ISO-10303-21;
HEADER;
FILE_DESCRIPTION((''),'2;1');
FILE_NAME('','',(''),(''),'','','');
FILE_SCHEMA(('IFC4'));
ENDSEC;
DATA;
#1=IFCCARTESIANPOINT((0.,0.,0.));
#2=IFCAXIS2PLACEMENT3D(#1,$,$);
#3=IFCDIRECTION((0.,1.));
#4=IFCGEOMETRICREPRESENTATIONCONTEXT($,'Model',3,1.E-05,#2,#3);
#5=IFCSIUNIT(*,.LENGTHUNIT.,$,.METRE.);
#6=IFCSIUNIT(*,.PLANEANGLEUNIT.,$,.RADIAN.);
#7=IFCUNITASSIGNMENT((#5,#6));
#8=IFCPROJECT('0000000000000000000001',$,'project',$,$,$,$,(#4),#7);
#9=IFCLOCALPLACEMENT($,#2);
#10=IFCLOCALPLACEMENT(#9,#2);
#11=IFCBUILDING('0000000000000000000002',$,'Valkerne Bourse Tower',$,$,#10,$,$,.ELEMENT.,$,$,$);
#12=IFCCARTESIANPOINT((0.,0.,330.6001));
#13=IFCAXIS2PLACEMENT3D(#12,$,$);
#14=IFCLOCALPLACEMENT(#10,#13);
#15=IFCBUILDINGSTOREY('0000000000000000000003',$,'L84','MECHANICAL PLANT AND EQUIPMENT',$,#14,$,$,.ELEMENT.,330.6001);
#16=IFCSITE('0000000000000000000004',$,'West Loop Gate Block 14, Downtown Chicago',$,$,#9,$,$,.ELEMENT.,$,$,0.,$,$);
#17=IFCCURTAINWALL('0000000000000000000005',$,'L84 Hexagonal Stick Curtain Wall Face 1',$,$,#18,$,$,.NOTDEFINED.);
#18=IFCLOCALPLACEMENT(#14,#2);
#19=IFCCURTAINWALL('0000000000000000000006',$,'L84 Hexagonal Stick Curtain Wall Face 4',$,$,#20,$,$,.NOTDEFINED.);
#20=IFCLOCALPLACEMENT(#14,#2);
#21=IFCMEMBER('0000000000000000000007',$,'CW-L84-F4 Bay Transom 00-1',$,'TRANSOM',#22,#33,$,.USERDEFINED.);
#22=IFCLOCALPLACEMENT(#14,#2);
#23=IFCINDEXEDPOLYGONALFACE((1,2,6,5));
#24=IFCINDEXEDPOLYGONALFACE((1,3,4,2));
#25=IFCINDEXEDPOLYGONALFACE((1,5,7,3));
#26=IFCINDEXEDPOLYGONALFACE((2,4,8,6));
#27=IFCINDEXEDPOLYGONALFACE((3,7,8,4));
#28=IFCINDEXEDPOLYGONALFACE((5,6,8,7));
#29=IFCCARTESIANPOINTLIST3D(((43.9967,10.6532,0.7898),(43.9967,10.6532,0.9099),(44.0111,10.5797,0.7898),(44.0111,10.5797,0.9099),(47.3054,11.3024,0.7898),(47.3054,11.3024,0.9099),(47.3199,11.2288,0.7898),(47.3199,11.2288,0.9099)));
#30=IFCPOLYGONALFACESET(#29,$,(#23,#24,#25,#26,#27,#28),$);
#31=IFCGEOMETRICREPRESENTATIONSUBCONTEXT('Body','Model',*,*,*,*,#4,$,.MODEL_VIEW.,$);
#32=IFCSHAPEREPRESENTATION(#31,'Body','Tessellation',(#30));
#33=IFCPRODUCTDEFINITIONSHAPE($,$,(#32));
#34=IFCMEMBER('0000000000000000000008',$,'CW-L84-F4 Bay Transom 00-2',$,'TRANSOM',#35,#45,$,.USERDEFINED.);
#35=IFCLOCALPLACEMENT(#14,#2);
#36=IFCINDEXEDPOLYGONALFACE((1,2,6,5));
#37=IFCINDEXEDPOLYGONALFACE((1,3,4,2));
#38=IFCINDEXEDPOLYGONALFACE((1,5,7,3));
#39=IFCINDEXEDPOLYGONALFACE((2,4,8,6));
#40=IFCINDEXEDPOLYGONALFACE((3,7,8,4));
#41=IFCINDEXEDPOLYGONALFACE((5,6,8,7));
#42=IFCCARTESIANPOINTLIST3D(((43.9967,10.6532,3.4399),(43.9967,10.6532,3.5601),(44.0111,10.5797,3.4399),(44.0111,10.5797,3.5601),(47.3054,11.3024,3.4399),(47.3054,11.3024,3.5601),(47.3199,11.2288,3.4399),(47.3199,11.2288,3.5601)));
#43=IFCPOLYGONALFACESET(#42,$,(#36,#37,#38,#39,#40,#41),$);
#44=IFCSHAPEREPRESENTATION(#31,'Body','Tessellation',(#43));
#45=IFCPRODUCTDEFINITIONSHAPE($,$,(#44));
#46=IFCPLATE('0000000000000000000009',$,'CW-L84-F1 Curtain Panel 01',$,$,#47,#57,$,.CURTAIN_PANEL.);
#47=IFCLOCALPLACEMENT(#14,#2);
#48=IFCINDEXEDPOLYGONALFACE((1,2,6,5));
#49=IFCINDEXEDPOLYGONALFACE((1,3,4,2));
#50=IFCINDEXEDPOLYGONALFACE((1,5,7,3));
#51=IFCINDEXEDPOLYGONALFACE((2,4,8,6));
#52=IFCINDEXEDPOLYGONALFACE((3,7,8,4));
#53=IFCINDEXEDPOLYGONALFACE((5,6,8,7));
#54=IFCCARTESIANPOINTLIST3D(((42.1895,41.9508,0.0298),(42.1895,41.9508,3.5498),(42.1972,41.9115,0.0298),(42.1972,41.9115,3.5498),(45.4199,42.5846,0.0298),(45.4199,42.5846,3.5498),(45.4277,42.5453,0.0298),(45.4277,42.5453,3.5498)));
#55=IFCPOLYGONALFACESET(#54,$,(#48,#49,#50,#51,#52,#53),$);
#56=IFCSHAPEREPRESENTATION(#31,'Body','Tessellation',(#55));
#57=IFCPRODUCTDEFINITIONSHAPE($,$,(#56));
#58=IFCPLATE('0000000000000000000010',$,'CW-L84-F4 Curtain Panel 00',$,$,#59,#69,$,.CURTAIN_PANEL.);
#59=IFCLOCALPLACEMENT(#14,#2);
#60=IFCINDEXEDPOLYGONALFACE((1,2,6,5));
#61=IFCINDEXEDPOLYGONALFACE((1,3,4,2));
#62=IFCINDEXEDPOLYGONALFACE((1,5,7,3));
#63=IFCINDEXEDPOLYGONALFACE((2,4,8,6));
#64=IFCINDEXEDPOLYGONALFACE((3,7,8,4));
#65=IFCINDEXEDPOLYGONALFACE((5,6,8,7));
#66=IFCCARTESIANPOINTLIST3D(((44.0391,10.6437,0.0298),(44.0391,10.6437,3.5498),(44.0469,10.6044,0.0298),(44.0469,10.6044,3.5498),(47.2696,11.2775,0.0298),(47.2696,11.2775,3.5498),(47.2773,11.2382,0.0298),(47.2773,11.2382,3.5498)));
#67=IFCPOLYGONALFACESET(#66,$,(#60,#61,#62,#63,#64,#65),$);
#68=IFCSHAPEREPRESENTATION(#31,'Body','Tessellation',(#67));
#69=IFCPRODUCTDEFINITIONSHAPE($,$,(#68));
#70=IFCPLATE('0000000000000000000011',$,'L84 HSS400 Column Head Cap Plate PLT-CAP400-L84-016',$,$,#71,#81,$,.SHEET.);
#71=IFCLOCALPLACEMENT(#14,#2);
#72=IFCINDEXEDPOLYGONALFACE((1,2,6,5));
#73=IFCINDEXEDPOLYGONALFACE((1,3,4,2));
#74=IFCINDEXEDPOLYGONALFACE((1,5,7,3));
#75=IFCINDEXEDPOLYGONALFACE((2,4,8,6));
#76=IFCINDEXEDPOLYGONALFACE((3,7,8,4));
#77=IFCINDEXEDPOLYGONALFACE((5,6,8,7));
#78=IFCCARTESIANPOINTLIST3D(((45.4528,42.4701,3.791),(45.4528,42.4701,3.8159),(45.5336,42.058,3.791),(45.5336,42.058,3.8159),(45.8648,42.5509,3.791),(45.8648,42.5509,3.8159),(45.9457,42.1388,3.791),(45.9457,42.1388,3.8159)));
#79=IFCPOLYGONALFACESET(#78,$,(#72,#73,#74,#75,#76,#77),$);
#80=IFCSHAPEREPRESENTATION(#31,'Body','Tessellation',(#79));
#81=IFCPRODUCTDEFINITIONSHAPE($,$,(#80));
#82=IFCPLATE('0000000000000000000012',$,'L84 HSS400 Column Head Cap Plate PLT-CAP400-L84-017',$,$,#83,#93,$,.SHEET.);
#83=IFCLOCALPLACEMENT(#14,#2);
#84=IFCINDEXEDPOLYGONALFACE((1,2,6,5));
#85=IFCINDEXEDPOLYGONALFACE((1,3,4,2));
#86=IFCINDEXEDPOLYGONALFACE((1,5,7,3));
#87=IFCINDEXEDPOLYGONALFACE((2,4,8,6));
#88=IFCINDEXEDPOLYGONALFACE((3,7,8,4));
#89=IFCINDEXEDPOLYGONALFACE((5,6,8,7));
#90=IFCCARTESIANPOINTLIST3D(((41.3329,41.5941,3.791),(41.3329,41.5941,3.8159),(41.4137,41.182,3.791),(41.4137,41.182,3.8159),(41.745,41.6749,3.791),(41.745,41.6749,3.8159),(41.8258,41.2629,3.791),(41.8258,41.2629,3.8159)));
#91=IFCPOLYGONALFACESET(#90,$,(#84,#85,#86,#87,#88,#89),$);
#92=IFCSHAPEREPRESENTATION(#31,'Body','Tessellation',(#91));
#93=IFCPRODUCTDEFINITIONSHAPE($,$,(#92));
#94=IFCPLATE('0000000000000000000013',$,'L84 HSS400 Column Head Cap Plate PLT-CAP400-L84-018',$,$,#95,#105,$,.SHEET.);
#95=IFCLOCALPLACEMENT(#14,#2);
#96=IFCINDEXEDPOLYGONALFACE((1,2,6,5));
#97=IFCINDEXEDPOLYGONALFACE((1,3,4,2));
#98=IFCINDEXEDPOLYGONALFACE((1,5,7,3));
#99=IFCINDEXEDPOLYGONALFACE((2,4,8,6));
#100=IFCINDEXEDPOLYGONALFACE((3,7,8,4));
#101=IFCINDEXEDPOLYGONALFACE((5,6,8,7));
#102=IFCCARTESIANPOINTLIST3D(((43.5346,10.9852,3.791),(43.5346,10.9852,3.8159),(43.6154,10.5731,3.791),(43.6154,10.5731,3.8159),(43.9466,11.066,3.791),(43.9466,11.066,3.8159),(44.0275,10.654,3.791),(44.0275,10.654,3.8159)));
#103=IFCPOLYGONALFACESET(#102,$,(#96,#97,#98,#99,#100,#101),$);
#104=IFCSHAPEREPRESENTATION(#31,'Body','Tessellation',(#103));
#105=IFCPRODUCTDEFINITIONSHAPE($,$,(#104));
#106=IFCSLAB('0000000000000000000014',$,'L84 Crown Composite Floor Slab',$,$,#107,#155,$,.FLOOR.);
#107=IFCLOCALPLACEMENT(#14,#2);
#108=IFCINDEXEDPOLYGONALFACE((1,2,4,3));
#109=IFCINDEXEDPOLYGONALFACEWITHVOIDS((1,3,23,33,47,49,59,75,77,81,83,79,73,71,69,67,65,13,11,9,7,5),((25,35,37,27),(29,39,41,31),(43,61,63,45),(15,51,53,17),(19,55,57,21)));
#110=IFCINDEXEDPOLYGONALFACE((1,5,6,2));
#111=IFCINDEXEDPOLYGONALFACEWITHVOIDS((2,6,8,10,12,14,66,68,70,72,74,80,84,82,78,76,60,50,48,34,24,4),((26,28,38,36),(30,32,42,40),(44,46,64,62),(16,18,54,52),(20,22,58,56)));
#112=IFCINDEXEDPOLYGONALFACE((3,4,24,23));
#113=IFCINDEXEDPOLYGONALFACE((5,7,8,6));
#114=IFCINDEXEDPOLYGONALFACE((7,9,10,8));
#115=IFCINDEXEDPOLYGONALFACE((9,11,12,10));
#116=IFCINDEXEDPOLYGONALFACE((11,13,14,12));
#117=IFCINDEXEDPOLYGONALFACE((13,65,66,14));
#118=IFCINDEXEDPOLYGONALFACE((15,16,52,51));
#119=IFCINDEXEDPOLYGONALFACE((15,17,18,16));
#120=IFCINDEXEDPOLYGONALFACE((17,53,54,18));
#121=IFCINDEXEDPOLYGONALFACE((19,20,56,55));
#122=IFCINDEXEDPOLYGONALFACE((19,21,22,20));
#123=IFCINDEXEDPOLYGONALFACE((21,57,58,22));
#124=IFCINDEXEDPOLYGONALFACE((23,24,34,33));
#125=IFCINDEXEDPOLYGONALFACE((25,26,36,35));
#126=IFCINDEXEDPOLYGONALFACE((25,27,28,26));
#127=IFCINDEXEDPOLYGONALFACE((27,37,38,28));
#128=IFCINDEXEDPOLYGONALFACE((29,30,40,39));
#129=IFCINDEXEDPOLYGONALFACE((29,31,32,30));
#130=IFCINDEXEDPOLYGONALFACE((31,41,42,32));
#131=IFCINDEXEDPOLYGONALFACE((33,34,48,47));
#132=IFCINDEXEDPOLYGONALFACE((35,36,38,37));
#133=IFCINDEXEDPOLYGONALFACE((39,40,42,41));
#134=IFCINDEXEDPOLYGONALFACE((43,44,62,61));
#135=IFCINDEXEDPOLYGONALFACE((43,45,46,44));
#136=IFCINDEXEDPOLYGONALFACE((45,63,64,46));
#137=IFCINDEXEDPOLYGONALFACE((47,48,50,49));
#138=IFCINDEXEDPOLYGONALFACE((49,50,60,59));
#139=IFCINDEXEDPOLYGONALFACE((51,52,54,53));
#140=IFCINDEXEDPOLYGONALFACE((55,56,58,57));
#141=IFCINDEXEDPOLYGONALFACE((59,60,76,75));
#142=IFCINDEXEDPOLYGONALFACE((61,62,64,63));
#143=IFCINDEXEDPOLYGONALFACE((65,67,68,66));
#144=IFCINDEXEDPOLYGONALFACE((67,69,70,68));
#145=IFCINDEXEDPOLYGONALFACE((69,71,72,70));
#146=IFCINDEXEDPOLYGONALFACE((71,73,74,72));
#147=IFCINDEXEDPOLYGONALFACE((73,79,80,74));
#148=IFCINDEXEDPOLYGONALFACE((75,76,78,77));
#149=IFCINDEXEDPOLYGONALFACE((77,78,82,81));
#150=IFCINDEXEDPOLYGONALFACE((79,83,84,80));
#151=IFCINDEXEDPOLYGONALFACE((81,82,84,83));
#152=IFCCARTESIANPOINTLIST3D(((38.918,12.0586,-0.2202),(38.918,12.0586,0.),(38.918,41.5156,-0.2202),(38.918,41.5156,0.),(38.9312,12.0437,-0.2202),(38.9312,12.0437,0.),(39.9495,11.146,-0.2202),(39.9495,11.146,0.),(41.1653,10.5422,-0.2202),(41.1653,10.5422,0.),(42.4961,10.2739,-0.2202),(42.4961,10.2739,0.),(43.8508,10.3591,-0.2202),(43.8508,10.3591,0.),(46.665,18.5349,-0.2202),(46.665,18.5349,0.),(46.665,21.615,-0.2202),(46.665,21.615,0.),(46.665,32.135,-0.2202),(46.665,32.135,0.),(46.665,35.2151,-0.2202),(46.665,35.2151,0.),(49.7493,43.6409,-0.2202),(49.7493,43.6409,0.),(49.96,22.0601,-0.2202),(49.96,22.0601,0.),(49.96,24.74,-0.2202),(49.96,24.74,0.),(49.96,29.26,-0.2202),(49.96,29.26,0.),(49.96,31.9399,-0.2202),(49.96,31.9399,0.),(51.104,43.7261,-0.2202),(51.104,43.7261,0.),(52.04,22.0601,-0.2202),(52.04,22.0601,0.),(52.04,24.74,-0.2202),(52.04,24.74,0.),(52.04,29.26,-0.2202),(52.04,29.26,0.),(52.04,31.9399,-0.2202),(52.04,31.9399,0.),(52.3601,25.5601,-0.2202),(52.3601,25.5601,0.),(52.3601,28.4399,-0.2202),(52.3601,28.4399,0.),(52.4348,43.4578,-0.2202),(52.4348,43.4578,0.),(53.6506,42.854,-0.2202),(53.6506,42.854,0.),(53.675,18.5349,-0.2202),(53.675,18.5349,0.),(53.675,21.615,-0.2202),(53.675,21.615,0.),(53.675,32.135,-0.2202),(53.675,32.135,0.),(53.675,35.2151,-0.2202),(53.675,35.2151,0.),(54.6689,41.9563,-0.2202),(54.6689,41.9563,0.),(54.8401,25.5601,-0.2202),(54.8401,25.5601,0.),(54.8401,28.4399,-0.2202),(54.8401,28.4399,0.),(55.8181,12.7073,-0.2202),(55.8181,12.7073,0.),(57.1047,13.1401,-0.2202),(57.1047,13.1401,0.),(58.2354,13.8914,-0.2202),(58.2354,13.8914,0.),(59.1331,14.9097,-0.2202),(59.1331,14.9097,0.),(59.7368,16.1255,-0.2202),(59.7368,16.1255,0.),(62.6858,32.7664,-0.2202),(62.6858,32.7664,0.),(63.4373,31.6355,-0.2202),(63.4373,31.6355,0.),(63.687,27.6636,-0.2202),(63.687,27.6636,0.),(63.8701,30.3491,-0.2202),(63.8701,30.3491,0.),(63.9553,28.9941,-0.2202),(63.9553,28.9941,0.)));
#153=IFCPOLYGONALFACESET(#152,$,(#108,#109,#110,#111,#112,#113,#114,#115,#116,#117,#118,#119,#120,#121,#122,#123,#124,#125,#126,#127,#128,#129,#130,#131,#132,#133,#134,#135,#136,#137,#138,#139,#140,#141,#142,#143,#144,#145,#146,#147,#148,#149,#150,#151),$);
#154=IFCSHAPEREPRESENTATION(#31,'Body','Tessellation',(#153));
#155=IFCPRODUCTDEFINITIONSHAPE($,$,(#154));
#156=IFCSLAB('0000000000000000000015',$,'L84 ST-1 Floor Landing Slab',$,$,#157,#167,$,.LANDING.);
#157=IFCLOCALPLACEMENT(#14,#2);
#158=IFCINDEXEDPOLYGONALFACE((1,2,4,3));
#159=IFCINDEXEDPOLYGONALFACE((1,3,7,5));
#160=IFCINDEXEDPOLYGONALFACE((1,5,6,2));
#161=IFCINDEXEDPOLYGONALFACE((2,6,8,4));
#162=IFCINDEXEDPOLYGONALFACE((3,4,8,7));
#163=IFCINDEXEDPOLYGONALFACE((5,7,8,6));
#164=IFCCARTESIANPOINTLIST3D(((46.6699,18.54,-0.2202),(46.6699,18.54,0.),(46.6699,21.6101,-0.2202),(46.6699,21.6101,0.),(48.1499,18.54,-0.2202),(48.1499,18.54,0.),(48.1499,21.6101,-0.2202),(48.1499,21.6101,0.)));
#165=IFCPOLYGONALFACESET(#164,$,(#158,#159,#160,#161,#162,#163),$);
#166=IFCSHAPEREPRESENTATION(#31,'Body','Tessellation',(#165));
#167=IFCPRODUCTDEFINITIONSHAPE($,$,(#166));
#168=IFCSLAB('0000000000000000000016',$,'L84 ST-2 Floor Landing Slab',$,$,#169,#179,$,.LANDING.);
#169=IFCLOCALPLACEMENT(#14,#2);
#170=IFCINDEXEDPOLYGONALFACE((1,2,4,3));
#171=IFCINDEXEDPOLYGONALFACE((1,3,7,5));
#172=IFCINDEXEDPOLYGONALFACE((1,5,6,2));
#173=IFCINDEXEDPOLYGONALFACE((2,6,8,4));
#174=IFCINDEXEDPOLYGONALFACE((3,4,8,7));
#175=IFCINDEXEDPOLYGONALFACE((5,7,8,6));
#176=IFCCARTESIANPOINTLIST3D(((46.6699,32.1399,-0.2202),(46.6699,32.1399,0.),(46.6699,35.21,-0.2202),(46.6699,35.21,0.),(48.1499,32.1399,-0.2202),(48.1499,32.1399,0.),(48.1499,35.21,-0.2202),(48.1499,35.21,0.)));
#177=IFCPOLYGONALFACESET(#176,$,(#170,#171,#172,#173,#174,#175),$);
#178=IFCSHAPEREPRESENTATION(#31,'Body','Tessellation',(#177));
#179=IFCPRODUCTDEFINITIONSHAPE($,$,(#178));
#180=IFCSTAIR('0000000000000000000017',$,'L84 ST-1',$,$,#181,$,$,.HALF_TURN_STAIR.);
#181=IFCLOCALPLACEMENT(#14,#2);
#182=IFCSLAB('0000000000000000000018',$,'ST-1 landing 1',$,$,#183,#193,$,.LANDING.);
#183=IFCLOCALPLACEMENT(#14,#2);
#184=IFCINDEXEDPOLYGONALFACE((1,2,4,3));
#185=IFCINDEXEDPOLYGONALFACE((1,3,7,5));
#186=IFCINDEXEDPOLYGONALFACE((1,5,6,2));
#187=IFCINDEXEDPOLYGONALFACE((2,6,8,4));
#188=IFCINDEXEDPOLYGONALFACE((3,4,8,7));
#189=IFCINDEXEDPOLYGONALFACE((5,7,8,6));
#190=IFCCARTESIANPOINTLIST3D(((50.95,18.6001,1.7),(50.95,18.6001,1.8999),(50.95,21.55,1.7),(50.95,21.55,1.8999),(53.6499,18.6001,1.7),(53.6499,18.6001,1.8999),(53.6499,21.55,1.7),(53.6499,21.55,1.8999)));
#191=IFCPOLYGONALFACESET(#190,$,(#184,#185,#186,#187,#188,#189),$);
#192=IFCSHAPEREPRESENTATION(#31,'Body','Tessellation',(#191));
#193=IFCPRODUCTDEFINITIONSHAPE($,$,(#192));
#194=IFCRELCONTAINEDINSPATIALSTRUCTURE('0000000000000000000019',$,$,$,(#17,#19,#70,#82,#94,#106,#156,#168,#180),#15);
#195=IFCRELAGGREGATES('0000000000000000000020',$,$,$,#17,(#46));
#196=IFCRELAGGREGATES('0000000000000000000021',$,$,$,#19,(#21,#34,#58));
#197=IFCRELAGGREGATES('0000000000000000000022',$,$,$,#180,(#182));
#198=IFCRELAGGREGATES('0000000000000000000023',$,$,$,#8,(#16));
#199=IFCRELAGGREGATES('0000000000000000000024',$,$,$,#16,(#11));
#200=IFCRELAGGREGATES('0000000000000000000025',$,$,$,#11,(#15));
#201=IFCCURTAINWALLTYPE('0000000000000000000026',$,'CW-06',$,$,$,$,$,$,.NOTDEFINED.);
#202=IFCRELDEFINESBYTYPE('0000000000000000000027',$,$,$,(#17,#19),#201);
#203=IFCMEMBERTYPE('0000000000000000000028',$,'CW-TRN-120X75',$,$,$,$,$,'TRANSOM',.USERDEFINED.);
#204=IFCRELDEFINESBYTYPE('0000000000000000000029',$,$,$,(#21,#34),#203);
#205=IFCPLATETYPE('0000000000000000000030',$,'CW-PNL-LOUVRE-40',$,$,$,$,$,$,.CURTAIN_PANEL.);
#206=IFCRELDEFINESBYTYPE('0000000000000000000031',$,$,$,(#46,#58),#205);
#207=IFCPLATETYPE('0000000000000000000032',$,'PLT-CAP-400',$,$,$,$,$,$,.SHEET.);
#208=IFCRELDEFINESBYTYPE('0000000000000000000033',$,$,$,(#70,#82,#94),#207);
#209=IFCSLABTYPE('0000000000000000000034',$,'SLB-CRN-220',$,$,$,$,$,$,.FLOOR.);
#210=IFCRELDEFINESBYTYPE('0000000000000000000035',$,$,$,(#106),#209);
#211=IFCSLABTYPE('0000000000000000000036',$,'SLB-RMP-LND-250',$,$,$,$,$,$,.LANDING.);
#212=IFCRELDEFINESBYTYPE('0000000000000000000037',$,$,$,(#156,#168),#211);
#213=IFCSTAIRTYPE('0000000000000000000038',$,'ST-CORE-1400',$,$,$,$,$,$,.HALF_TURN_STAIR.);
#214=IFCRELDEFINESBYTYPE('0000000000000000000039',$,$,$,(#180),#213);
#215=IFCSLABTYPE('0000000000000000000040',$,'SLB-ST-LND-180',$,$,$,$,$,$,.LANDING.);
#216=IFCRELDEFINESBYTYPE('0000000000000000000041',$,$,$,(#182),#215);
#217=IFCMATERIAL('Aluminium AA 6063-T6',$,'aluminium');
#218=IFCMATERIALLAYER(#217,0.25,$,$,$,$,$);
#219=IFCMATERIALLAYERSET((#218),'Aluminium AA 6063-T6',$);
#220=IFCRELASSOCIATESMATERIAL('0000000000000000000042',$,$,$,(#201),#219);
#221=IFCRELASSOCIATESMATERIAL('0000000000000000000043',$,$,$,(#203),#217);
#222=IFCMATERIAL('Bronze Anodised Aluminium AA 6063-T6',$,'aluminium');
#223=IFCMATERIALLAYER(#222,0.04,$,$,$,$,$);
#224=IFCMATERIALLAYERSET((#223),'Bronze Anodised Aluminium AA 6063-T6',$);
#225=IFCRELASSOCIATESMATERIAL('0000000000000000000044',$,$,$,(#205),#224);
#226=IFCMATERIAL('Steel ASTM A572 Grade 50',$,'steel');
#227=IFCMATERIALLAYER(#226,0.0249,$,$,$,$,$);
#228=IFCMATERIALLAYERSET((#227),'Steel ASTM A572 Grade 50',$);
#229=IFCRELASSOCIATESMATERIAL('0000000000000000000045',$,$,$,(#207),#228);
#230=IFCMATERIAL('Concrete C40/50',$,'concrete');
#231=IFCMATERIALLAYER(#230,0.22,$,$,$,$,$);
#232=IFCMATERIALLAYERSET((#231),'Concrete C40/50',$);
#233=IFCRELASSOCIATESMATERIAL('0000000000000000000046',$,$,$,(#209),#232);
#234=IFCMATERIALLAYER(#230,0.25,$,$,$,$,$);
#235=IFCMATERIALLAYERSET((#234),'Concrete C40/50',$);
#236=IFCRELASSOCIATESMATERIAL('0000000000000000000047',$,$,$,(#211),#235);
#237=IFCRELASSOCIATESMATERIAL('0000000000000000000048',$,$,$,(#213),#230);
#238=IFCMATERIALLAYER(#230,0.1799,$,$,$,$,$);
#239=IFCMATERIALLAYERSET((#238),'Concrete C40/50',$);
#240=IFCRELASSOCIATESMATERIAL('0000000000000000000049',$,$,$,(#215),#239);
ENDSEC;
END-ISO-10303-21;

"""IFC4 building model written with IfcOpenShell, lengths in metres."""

from ifc_helpers import new_model, si_unit, direction, frame, origin, origin_2d, place, context, subcontext, project, spatial, polyline, rectangle, outline, extrude, material, layer, layer_set, material_profile, profile_set, type_object, element, aggregate, save


model = new_model("IFC4")

# Units and contexts
model_context = context("Model", 3, precision=1e-05, world=origin(), true_north=direction((0.0, 1.0)))
body_context = subcontext(model_context, "Body", "Model", "MODEL_VIEW")
ifc_project = project(units=[si_unit("LENGTHUNIT", "METRE"), si_unit("PLANEANGLEUNIT", "RADIAN")], contexts=[model_context])

# Site, building, storey
site_placement = place(None, origin())
site = spatial("IfcSite", under=ifc_project, at=site_placement, Name="West Loop Gate Block 14, Downtown Chicago", CompositionType="ELEMENT", RefElevation=0.0)
building_placement = place(site_placement, origin())
building = spatial("IfcBuilding", under=site, at=building_placement, Name="Valkerne Bourse Tower", CompositionType="ELEMENT")
storey_placement = place(building_placement, frame((0.0, 0.0, 330.6001)))
storey = spatial("IfcBuildingStorey", under=building, at=storey_placement, Name="L84", Description="MECHANICAL PLANT AND EQUIPMENT", CompositionType="ELEMENT", Elevation=330.6001)

# Curtain wall
ifc_material_1 = material(Name="Aluminium AA 6063-T6", Category="aluminium")
ifc_layer_1 = layer(ifc_material_1, 0.25)
ifc_layer_set_1 = layer_set([ifc_layer_1], Name="Aluminium AA 6063-T6")
curtain_wall_type = type_object("IfcCurtainWallType", Name="CW-06", PredefinedType="NOTDEFINED", material=ifc_layer_set_1)
curtain_wall_1_placement = place(storey_placement, origin())
curtain_wall_1 = element("IfcCurtainWall", 1, at=curtain_wall_1_placement, inside=storey, type_object=curtain_wall_type, Name="L84 Hexagonal Stick Curtain Wall Face 1", PredefinedType="NOTDEFINED")

# Curtain wall
curtain_wall_2_placement = place(storey_placement, origin())
curtain_wall_2 = element("IfcCurtainWall", 2, at=curtain_wall_2_placement, inside=storey, type_object=curtain_wall_type, Name="L84 Hexagonal Stick Curtain Wall Face 4", PredefinedType="NOTDEFINED")

# Members
ifc_material_profile_1 = material_profile(ifc_material_1, rectangle(XDim=0.075, YDim=0.1201, at=origin_2d()), Name="CWT-75X120")
ifc_profile_set_1 = profile_set([ifc_material_profile_1], Name="Aluminium AA 6063-T6")
member_type_1 = type_object("IfcMemberType", Name="CW-TRN-120X75", ElementType="TRANSOM", PredefinedType="USERDEFINED", material=ifc_profile_set_1)
member_1_placement = place(storey_placement, frame((44.0039, 10.6165, 0.8499), z_axis=(0.981293, 0.192522, 0.0), x_axis=(-0.192522, 0.981293, 0.0)))
member_1 = element("IfcMember", 3, at=member_1_placement, type_object=member_type_1, Name="CW-L84-F4 Bay Transom 00-1", ObjectType="TRANSOM", PredefinedType="USERDEFINED", context=body_context, shape_type="SweptSolid", body=[
    extrude(rectangle(XDim=0.075, YDim=0.1201, at=origin_2d()), origin(), (0.0, 0.0, 1.0), 3.3718),
])
member_2_placement = place(storey_placement, frame((44.0039, 10.6165, 3.5), z_axis=(0.981293, 0.192522, 0.0), x_axis=(-0.192522, 0.981293, 0.0)))
member_2 = element("IfcMember", 4, at=member_2_placement, type_object=member_type_1, Name="CW-L84-F4 Bay Transom 00-2", ObjectType="TRANSOM", PredefinedType="USERDEFINED", context=body_context, shape_type="SweptSolid", body=[
    extrude(rectangle(XDim=0.075, YDim=0.1201, at=origin_2d()), origin(), (0.0, 0.0, 1.0), 3.3718),
])

# Plates
ifc_material_2 = material(Name="Bronze Anodised Aluminium AA 6063-T6", Category="aluminium")
ifc_layer_2 = layer(ifc_material_2, 0.04)
ifc_layer_set_2 = layer_set([ifc_layer_2], Name="Bronze Anodised Aluminium AA 6063-T6")
plate_type_1 = type_object("IfcPlateType", Name="CW-PNL-LOUVRE-40", PredefinedType="CURTAIN_PANEL", material=ifc_layer_set_2)
plate_1_placement = place(storey_placement, frame((43.8086, 42.248, 0.0298), z_axis=(0.0, 0.0, 1.0), x_axis=(-0.981293, -0.192522, 0.0)))
plate_1 = element("IfcPlate", 5, at=plate_1_placement, type_object=plate_type_1, Name="CW-L84-F1 Curtain Panel 01", PredefinedType="CURTAIN_PANEL", context=body_context, shape_type="SweptSolid", body=[
    extrude(rectangle(XDim=3.292, YDim=0.04, at=origin_2d()), origin(), (0.0, 0.0, 1.0), 3.52),
])
aggregate(curtain_wall_1, [plate_1])
plate_2_placement = place(storey_placement, frame((45.6582, 10.9409, 0.0298), z_axis=(0.0, 0.0, 1.0), x_axis=(0.981293, 0.192522, 0.0)))
plate_2 = element("IfcPlate", 6, at=plate_2_placement, type_object=plate_type_1, Name="CW-L84-F4 Curtain Panel 00", PredefinedType="CURTAIN_PANEL", context=body_context, shape_type="SweptSolid", body=[
    extrude(rectangle(XDim=3.292, YDim=0.04, at=origin_2d()), origin(), (0.0, 0.0, 1.0), 3.52),
])
aggregate(curtain_wall_2, [member_1, member_2, plate_2])

# Plates
ifc_material_3 = material(Name="Steel ASTM A572 Grade 50", Category="steel")
ifc_layer_3 = layer(ifc_material_3, 0.0249)
ifc_layer_set_3 = layer_set([ifc_layer_3], Name="Steel ASTM A572 Grade 50")
plate_type_2 = type_object("IfcPlateType", Name="PLT-CAP-400", PredefinedType="SHEET", material=ifc_layer_set_3)
for number, where, z_axis, x_axis, name in (
    (7, (45.6992, 42.3044, 3.791), (0.0, 0.0, 1.0), (-0.981293, -0.192522, 0.0), "L84 HSS400 Column Head Cap Plate PLT-CAP400-L84-016"),
    (8, (41.5793, 41.4285, 3.791), (0.0, 0.0, 1.0), (-0.981293, -0.192522, 0.0), "L84 HSS400 Column Head Cap Plate PLT-CAP400-L84-017"),
    (9, (43.781, 10.8196, 3.791), (0.0, 0.0, 1.0), (0.981293, 0.192522, 0.0), "L84 HSS400 Column Head Cap Plate PLT-CAP400-L84-018"),
):
    element("IfcPlate", number, at=place(storey_placement, frame(where, z_axis=z_axis, x_axis=x_axis)), inside=storey, type_object=plate_type_2, Name=name, PredefinedType="SHEET", context=body_context, shape_type="SweptSolid", body=[
        extrude(rectangle(XDim=0.4199, YDim=0.4199, at=origin_2d()), origin(), (0.0, 0.0, 1.0), 0.0249),
    ])

# Slabs
ifc_material_4 = material(Name="Concrete C40/50", Category="concrete")
ifc_layer_4 = layer(ifc_material_4, 0.22)
ifc_layer_set_4 = layer_set([ifc_layer_4], Name="Concrete C40/50")
slab_type_1 = type_object("IfcSlabType", Name="SLB-CRN-220", PredefinedType="FLOOR", material=ifc_layer_set_4)
slab_1_placement = place(storey_placement, frame((0.0, 0.0, -0.2202)))
element("IfcSlab", 10, at=slab_1_placement, inside=storey, type_object=slab_type_1, Name="L84 Crown Composite Floor Slab", PredefinedType="FLOOR", context=body_context, shape_type="SweptSolid", body=[
    extrude(outline(polyline([(49.7493, 43.6409), (51.104, 43.7261), (52.4348, 43.4578), (53.6506, 42.854), (54.6689, 41.9563), (62.6858, 32.7664), (63.4373, 31.6355), (63.8701, 30.3491), (63.9553, 28.9941), (63.687, 27.6636), (59.7368, 16.1255), (59.1331, 14.9097), (58.2354, 13.8914), (57.1047, 13.1401), (55.8181, 12.7073), (43.8508, 10.3591), (42.4961, 10.2739), (41.1653, 10.5422), (39.9495, 11.146), (38.9312, 12.0437), (38.918, 12.0586), (38.918, 41.5156), (49.7493, 43.6409)]), holes=[polyline([(53.675, 18.5349), (46.665, 18.5349), (46.665, 21.615), (53.675, 21.615), (53.675, 18.5349)]), polyline([(46.665, 32.135), (46.665, 35.2151), (53.675, 35.2151), (53.675, 32.135), (46.665, 32.135)]), polyline([(52.04, 22.0601), (49.96, 22.0601), (49.96, 24.74), (52.04, 24.74), (52.04, 22.0601)]), polyline([(49.96, 29.26), (49.96, 31.9399), (52.04, 31.9399), (52.04, 29.26), (49.96, 29.26)]), polyline([(54.8401, 25.5601), (52.3601, 25.5601), (52.3601, 28.4399), (54.8401, 28.4399), (54.8401, 25.5601)])]), origin(), (0.0, 0.0, 1.0), 0.2202),
])
ifc_layer_5 = layer(ifc_material_4, 0.25)
ifc_layer_set_5 = layer_set([ifc_layer_5], Name="Concrete C40/50")
slab_type_2 = type_object("IfcSlabType", Name="SLB-RMP-LND-250", PredefinedType="LANDING", material=ifc_layer_set_5)
slab_2_placement = place(storey_placement, frame((0.0, 0.0, -0.2202)))
element("IfcSlab", 11, at=slab_2_placement, inside=storey, type_object=slab_type_2, Name="L84 ST-1 Floor Landing Slab", PredefinedType="LANDING", context=body_context, shape_type="SweptSolid", body=[
    extrude(outline(polyline([(46.6699, 18.54), (48.1499, 18.54), (48.1499, 21.6101), (46.6699, 21.6101), (46.6699, 18.54)])), origin(), (0.0, 0.0, 1.0), 0.2202),
])
slab_3_placement = place(storey_placement, frame((0.0, 0.0, -0.2202)))
element("IfcSlab", 12, at=slab_3_placement, inside=storey, type_object=slab_type_2, Name="L84 ST-2 Floor Landing Slab", PredefinedType="LANDING", context=body_context, shape_type="SweptSolid", body=[
    extrude(outline(polyline([(46.6699, 32.1399), (48.1499, 32.1399), (48.1499, 35.21), (46.6699, 35.21), (46.6699, 32.1399)])), origin(), (0.0, 0.0, 1.0), 0.2202),
])

# Stair, slab
stair_type = type_object("IfcStairType", Name="ST-CORE-1400", PredefinedType="HALF_TURN_STAIR", material=ifc_material_4)
stair_1_placement = place(storey_placement, origin())
stair_1 = element("IfcStair", 13, at=stair_1_placement, inside=storey, type_object=stair_type, Name="L84 ST-1", PredefinedType="HALF_TURN_STAIR")
ifc_layer_6 = layer(ifc_material_4, 0.1799)
ifc_layer_set_6 = layer_set([ifc_layer_6], Name="Concrete C40/50")
slab_type_3 = type_object("IfcSlabType", Name="SLB-ST-LND-180", PredefinedType="LANDING", material=ifc_layer_set_6)
slab_4_placement = place(storey_placement, frame((0.0, 0.0, 1.7)))
slab_4 = element("IfcSlab", 14, at=slab_4_placement, type_object=slab_type_3, Name="ST-1 landing 1", PredefinedType="LANDING", context=body_context, shape_type="SweptSolid", body=[
    extrude(outline(polyline([(50.95, 18.6001), (53.6499, 18.6001), (53.6499, 21.55), (50.95, 21.55), (50.95, 18.6001)])), origin(), (0.0, 0.0, 1.0), 0.2),
])
aggregate(stair_1, [slab_4])

save(model, "model.ifc")
